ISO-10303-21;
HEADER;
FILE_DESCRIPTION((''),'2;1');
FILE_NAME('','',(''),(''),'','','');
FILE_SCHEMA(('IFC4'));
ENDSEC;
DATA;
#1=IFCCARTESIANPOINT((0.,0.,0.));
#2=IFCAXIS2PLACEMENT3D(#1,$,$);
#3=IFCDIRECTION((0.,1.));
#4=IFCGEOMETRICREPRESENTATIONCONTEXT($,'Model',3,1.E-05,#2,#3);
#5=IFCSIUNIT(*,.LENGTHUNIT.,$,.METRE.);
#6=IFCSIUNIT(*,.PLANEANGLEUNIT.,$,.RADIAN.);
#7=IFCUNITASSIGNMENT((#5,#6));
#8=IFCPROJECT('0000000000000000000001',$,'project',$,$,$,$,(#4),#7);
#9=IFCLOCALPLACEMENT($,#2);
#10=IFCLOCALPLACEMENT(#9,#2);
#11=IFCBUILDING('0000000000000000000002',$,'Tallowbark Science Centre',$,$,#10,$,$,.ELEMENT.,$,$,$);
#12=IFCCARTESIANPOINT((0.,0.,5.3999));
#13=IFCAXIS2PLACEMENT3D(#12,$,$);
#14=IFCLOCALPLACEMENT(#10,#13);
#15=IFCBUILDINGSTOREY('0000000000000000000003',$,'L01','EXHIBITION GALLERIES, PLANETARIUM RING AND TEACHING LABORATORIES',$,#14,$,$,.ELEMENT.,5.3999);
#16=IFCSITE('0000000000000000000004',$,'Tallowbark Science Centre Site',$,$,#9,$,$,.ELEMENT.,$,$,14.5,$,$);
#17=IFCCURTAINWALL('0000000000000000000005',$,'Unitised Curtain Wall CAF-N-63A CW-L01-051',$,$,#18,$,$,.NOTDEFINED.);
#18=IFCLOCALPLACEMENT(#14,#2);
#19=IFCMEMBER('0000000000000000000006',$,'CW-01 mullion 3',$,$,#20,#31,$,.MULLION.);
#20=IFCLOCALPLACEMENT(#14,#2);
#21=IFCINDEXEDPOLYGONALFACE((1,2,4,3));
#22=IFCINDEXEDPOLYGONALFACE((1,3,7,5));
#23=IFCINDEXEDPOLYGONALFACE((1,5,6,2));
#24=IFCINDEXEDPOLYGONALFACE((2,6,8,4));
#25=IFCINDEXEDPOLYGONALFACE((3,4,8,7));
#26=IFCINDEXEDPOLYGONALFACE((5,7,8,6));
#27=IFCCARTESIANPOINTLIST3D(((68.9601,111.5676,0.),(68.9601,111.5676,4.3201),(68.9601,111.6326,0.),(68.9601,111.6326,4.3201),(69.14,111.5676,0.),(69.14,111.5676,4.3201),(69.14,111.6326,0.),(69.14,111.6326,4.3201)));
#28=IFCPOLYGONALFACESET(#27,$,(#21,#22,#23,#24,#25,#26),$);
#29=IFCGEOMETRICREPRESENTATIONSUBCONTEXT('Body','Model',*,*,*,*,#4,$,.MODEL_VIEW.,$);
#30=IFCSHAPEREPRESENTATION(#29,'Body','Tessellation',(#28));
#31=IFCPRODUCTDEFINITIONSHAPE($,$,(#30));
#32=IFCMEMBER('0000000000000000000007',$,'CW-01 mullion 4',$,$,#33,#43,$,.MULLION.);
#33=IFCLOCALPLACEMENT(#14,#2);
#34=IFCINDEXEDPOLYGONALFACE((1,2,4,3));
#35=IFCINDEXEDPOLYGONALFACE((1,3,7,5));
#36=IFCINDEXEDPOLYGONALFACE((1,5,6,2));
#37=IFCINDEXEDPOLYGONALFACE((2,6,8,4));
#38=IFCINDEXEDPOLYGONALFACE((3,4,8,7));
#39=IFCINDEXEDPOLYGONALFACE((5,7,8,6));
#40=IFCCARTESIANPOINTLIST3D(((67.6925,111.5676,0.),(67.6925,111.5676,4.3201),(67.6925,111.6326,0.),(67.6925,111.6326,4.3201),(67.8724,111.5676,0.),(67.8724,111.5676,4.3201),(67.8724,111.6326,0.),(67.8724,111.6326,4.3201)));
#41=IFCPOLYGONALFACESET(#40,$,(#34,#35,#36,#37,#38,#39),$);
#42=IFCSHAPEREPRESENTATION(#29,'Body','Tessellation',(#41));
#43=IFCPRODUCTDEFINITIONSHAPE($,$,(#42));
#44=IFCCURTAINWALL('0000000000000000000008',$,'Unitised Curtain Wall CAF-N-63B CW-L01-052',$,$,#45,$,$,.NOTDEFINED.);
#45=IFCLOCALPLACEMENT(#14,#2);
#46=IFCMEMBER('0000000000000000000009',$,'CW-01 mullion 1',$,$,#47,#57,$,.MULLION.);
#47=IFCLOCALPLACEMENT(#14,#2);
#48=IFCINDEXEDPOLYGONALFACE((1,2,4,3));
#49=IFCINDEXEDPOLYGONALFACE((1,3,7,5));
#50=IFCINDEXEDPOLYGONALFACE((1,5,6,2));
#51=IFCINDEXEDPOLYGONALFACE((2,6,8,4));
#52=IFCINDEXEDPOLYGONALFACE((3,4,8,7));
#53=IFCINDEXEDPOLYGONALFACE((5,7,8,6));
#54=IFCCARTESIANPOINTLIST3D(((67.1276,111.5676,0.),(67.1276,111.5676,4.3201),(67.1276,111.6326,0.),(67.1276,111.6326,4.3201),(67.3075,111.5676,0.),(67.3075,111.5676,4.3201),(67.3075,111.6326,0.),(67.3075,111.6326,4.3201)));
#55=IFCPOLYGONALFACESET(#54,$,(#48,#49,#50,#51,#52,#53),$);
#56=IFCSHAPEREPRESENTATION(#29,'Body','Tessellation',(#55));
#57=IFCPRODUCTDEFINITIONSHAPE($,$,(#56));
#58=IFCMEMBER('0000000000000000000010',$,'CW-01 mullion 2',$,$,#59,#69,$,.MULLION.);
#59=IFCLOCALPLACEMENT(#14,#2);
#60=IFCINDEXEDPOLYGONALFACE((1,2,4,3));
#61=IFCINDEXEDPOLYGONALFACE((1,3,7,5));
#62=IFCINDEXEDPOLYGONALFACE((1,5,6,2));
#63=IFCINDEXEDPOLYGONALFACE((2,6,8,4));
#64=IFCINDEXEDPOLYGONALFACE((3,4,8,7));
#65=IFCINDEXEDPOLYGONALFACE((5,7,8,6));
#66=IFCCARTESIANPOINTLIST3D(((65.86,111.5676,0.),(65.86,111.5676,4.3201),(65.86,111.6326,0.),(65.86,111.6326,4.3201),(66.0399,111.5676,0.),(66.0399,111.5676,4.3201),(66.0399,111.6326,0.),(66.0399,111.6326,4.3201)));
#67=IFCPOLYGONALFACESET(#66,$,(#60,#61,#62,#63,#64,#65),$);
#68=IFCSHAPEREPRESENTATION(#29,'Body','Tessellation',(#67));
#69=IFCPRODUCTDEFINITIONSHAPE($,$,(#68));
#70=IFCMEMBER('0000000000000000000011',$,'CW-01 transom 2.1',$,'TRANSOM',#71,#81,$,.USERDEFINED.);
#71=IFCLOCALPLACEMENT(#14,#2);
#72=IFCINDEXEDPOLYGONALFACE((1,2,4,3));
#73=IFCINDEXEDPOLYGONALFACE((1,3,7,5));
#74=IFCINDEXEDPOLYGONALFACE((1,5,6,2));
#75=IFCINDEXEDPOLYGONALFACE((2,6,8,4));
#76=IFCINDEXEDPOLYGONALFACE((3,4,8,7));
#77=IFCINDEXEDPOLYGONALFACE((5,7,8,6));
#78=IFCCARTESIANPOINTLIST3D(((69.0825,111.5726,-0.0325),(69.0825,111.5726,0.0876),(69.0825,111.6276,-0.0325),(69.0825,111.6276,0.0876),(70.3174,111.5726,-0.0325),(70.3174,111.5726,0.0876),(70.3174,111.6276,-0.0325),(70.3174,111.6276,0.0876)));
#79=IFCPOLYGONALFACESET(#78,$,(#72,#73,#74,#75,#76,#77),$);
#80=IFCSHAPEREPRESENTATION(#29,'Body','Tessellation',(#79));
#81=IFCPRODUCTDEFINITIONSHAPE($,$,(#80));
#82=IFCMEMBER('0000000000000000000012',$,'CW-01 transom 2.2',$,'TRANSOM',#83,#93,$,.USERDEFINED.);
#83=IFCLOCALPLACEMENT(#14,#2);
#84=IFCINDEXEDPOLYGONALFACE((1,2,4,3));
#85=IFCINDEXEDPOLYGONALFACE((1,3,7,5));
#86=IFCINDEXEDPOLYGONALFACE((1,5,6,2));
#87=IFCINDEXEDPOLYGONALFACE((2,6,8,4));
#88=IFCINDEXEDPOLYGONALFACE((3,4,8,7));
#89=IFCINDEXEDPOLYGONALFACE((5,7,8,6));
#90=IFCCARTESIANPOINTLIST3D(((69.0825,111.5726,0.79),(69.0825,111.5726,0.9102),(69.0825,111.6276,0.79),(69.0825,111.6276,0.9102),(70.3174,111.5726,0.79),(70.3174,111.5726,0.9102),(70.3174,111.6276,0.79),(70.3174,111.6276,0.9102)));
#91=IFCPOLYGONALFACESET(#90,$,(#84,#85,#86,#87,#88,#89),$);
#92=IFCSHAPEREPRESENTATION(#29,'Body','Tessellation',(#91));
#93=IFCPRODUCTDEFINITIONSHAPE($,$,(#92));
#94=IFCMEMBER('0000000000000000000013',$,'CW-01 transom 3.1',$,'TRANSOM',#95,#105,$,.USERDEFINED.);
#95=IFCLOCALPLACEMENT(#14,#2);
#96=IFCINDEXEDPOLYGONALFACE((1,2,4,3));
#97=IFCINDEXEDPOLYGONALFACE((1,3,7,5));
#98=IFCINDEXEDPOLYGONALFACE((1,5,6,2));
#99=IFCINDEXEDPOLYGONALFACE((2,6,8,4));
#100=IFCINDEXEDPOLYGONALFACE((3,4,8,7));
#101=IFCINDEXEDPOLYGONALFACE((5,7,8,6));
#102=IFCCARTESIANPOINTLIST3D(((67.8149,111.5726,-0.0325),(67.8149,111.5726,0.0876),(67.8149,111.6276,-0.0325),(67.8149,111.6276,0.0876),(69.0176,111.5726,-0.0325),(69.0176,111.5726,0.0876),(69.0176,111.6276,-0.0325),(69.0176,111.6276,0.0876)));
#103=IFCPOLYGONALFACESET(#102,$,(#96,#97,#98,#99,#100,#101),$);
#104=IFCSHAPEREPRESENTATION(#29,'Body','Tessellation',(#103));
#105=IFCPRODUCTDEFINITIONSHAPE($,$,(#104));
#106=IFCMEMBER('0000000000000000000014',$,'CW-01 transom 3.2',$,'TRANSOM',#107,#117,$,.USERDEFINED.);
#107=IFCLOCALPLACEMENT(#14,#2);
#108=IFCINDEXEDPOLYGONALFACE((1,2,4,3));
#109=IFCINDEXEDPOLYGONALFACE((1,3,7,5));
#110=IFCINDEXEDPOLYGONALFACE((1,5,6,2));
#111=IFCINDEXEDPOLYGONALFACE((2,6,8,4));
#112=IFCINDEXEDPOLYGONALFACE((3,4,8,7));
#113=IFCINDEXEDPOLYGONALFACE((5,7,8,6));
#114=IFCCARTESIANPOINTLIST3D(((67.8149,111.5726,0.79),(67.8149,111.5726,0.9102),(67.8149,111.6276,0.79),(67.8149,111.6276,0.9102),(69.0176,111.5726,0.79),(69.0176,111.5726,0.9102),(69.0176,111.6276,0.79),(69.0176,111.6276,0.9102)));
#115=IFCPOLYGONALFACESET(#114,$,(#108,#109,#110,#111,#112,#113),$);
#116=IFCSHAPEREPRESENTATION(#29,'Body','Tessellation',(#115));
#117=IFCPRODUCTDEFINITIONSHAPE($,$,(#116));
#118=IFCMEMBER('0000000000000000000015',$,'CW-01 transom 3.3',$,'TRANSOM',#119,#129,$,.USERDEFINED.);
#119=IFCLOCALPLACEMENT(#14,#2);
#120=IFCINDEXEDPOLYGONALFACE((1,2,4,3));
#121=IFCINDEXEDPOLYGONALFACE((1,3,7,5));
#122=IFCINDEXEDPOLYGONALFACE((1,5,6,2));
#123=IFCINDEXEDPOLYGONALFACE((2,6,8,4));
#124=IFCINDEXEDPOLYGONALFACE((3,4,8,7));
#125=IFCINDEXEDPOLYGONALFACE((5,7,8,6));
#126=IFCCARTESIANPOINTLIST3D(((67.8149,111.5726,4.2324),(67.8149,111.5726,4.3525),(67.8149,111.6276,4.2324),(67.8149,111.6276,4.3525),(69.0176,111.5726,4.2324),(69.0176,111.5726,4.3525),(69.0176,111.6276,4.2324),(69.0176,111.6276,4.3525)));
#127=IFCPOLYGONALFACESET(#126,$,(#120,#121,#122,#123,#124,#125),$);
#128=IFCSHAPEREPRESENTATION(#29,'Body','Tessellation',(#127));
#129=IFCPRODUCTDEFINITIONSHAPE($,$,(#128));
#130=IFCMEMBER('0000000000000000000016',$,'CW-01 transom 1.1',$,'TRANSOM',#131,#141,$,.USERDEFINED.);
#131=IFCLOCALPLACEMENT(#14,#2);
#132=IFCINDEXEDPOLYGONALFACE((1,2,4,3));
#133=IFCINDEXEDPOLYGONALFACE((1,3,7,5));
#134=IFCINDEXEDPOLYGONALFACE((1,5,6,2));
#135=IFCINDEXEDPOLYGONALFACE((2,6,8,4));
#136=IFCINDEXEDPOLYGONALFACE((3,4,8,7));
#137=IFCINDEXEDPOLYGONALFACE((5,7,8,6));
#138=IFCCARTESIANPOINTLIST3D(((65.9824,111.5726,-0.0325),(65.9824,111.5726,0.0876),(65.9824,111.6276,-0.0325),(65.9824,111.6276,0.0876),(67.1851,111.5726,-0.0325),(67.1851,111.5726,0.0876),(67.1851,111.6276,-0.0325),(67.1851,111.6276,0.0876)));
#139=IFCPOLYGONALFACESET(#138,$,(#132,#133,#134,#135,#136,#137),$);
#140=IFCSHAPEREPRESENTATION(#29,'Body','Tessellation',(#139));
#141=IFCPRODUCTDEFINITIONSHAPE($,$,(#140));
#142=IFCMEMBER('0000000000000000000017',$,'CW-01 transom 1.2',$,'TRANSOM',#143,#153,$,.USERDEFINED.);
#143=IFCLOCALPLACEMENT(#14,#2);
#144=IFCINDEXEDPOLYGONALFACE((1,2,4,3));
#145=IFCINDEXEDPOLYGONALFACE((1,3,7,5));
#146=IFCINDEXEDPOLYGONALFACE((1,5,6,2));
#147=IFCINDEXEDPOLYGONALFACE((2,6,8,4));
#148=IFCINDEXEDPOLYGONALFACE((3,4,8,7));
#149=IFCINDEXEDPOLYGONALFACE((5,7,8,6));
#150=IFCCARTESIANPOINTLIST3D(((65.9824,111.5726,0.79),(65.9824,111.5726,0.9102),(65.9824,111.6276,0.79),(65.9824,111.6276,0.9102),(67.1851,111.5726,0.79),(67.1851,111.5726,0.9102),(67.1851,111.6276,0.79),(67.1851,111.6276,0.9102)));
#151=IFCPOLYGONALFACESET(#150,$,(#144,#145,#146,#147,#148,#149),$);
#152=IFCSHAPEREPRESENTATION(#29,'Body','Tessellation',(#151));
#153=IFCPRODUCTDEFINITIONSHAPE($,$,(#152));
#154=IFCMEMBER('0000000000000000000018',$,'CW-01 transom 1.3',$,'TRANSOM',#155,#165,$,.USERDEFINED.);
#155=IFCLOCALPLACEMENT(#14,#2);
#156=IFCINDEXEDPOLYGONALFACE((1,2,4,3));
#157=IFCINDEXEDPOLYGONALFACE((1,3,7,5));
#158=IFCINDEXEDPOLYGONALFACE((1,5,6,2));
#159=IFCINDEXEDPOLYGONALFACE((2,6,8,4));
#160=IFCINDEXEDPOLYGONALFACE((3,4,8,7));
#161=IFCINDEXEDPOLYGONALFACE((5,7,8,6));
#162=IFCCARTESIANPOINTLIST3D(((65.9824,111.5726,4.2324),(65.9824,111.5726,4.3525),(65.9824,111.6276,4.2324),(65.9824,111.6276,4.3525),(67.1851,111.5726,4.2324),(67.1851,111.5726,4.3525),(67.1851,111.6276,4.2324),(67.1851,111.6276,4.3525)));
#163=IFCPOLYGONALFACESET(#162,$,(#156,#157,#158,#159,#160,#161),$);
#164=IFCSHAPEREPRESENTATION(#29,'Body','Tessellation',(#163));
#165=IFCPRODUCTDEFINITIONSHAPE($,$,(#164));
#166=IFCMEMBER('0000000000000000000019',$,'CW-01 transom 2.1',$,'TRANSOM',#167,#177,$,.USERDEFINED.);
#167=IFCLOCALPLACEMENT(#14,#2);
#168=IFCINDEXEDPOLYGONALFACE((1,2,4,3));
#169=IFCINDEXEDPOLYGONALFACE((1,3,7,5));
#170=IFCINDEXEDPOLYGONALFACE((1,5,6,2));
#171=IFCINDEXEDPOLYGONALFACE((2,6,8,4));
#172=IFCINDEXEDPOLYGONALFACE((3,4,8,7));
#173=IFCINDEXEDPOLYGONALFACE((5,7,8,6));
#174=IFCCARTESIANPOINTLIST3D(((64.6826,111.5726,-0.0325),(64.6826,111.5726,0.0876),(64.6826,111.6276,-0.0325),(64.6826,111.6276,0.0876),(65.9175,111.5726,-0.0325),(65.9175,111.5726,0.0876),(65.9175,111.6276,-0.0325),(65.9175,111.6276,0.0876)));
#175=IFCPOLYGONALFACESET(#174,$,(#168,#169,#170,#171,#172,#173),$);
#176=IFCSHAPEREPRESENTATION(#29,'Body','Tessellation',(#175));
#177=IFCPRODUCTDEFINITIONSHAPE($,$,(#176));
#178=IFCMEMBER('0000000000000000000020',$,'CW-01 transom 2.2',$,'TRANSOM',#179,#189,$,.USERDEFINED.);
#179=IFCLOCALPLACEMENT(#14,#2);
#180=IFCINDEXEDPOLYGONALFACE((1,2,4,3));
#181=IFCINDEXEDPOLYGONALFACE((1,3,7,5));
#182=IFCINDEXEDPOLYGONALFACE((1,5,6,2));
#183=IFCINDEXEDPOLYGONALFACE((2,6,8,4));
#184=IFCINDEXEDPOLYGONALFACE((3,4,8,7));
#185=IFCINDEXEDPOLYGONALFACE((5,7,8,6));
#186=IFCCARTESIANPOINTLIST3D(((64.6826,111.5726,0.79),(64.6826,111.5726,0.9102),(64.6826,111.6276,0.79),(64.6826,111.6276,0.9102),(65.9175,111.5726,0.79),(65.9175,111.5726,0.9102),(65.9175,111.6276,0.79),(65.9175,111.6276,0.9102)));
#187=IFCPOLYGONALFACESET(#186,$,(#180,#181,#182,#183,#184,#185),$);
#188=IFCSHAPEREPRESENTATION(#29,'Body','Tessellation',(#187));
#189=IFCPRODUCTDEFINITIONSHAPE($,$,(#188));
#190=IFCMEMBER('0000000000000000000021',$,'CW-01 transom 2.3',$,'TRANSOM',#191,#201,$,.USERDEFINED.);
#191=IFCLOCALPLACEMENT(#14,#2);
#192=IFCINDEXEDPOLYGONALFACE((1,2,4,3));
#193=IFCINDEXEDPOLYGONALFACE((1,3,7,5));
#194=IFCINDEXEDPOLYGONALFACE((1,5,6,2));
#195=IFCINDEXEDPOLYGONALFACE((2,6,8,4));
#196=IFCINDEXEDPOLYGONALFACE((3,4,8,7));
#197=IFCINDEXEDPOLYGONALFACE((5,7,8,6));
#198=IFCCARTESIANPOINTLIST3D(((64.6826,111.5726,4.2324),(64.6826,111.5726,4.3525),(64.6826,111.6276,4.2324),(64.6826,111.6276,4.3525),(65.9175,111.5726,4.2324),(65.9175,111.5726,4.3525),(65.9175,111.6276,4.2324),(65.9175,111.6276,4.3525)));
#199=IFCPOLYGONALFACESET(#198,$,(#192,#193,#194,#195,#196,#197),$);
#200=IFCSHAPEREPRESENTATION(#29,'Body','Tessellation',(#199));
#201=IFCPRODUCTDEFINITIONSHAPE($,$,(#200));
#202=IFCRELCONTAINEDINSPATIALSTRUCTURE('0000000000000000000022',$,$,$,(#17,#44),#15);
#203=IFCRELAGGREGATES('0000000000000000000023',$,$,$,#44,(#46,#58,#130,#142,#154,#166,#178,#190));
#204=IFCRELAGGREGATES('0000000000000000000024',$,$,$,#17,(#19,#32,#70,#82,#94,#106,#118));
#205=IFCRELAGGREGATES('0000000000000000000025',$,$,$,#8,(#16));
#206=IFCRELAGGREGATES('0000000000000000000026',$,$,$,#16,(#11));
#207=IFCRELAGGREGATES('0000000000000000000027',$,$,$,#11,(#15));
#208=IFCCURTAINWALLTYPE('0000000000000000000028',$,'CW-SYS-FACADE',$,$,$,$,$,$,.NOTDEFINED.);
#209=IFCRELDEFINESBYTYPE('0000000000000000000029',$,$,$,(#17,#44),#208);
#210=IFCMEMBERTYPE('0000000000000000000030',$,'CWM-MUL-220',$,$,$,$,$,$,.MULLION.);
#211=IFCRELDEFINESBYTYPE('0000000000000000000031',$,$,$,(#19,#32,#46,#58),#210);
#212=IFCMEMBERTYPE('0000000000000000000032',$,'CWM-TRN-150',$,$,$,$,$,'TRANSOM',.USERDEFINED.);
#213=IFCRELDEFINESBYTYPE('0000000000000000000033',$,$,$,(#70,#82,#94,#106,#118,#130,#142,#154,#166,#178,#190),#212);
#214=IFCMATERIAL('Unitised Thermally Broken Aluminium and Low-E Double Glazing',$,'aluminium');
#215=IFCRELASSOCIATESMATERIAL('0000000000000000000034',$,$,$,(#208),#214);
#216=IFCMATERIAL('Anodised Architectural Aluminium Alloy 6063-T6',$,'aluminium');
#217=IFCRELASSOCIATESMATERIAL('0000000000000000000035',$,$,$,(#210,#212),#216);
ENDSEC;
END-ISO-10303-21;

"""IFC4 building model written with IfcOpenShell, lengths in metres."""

from ifc_helpers import new_model, si_unit, direction, frame, origin, origin_2d, place, context, subcontext, project, spatial, rectangle, extrude, material, material_profile, profile_set, type_object, element, aggregate, save


model = new_model("IFC4")

# Units and contexts
model_context = context("Model", 3, precision=1e-05, world=origin(), true_north=direction((0.0, 1.0)))
body_context = subcontext(model_context, "Body", "Model", "MODEL_VIEW")
ifc_project = project(units=[si_unit("LENGTHUNIT", "METRE"), si_unit("PLANEANGLEUNIT", "RADIAN")], contexts=[model_context])

# Site, building, storey
site_placement = place(None, origin())
site = spatial("IfcSite", under=ifc_project, at=site_placement, Name="Tallowbark Science Centre Site", CompositionType="ELEMENT", RefElevation=14.5)
building_placement = place(site_placement, origin())
building = spatial("IfcBuilding", under=site, at=building_placement, Name="Tallowbark Science Centre", CompositionType="ELEMENT")
storey_placement = place(building_placement, frame((0.0, 0.0, 5.3999)))
storey = spatial("IfcBuildingStorey", under=building, at=storey_placement, Name="L01", Description="EXHIBITION GALLERIES, PLANETARIUM RING AND TEACHING LABORATORIES", CompositionType="ELEMENT", Elevation=5.3999)

# Curtain walls, members
ifc_material_1 = material(Name="Unitised Thermally Broken Aluminium and Low-E Double Glazing", Category="aluminium")
curtain_wall_type = type_object("IfcCurtainWallType", Name="CW-SYS-FACADE", PredefinedType="NOTDEFINED", material=ifc_material_1)
curtain_wall_1_placement = place(storey_placement, origin())
curtain_wall_1 = element("IfcCurtainWall", 1, at=curtain_wall_1_placement, inside=storey, type_object=curtain_wall_type, Name="Unitised Curtain Wall CAF-N-63A CW-L01-051", PredefinedType="NOTDEFINED")
ifc_material_2 = material(Name="Anodised Architectural Aluminium Alloy 6063-T6", Category="aluminium")
ifc_material_profile_1 = material_profile(ifc_material_2, rectangle(XDim=0.0649, YDim=0.1799, at=origin_2d()), Name="ALU65x180")
ifc_profile_set_1 = profile_set([ifc_material_profile_1], Name="Anodised Architectural Aluminium Alloy 6063-T6")
member_type_1 = type_object("IfcMemberType", Name="CWM-MUL-220", PredefinedType="MULLION", material=ifc_profile_set_1)
member_1_placement = place(storey_placement, frame((69.05, 111.6001, 0.0), z_axis=(0.0, 0.0, 1.0), x_axis=(0.0, -1.0, 0.0)))
member_1 = element("IfcMember", 2, at=member_1_placement, type_object=member_type_1, Name="CW-01 mullion 3", PredefinedType="MULLION", context=body_context, shape_type="SweptSolid", body=[
    extrude(rectangle(XDim=0.0649, YDim=0.1799, at=origin_2d()), origin(), (0.0, 0.0, 1.0), 4.3201),
])
member_2_placement = place(storey_placement, frame((67.7825, 111.6001, 0.0), z_axis=(0.0, 0.0, 1.0), x_axis=(0.0, -1.0, 0.0)))
member_2 = element("IfcMember", 3, at=member_2_placement, type_object=member_type_1, Name="CW-01 mullion 4", PredefinedType="MULLION", context=body_context, shape_type="SweptSolid", body=[
    extrude(rectangle(XDim=0.0649, YDim=0.1799, at=origin_2d()), origin(), (0.0, 0.0, 1.0), 4.3201),
])
curtain_wall_2_placement = place(storey_placement, origin())
curtain_wall_2 = element("IfcCurtainWall", 4, at=curtain_wall_2_placement, inside=storey, type_object=curtain_wall_type, Name="Unitised Curtain Wall CAF-N-63B CW-L01-052", PredefinedType="NOTDEFINED")
member_3_placement = place(storey_placement, frame((67.2175, 111.6001, 0.0), z_axis=(0.0, 0.0, 1.0), x_axis=(0.0, -1.0, 0.0)))
member_3 = element("IfcMember", 5, at=member_3_placement, type_object=member_type_1, Name="CW-01 mullion 1", PredefinedType="MULLION", context=body_context, shape_type="SweptSolid", body=[
    extrude(rectangle(XDim=0.0649, YDim=0.1799, at=origin_2d()), origin(), (0.0, 0.0, 1.0), 4.3201),
])
member_4_placement = place(storey_placement, frame((65.95, 111.6001, 0.0), z_axis=(0.0, 0.0, 1.0), x_axis=(0.0, -1.0, 0.0)))
member_4 = element("IfcMember", 6, at=member_4_placement, type_object=member_type_1, Name="CW-01 mullion 2", PredefinedType="MULLION", context=body_context, shape_type="SweptSolid", body=[
    extrude(rectangle(XDim=0.0649, YDim=0.1799, at=origin_2d()), origin(), (0.0, 0.0, 1.0), 4.3201),
])

# Members
ifc_material_profile_2 = material_profile(ifc_material_2, rectangle(XDim=0.0549, YDim=0.1201, at=origin_2d()), Name="ALU55x120")
ifc_profile_set_2 = profile_set([ifc_material_profile_2], Name="Anodised Architectural Aluminium Alloy 6063-T6")
member_type_2 = type_object("IfcMemberType", Name="CWM-TRN-150", ElementType="TRANSOM", PredefinedType="USERDEFINED", material=ifc_profile_set_2)
member_5_placement = place(storey_placement, frame((70.3174, 111.6001, 0.0276), z_axis=(-1.0, 0.0, 0.0), x_axis=(0.0, -1.0, 0.0)))
member_5 = element("IfcMember", 7, at=member_5_placement, type_object=member_type_2, Name="CW-01 transom 2.1", ObjectType="TRANSOM", PredefinedType="USERDEFINED", context=body_context, shape_type="SweptSolid", body=[
    extrude(rectangle(XDim=0.0549, YDim=0.1201, at=origin_2d()), origin(), (0.0, 0.0, 1.0), 1.2349),
])
member_6_placement = place(storey_placement, frame((70.3174, 111.6001, 0.8501), z_axis=(-1.0, 0.0, 0.0), x_axis=(0.0, -1.0, 0.0)))
member_6 = element("IfcMember", 8, at=member_6_placement, type_object=member_type_2, Name="CW-01 transom 2.2", ObjectType="TRANSOM", PredefinedType="USERDEFINED", context=body_context, shape_type="SweptSolid", body=[
    extrude(rectangle(XDim=0.0549, YDim=0.1201, at=origin_2d()), origin(), (0.0, 0.0, 1.0), 1.2349),
])
member_7_placement = place(storey_placement, frame((69.0176, 111.6001, 0.0276), z_axis=(-1.0, 0.0, 0.0), x_axis=(0.0, -1.0, 0.0)))
member_7 = element("IfcMember", 9, at=member_7_placement, type_object=member_type_2, Name="CW-01 transom 3.1", ObjectType="TRANSOM", PredefinedType="USERDEFINED", context=body_context, shape_type="SweptSolid", body=[
    extrude(rectangle(XDim=0.0549, YDim=0.1201, at=origin_2d()), origin(), (0.0, 0.0, 1.0), 1.2026),
])
member_8_placement = place(storey_placement, frame((69.0176, 111.6001, 0.8501), z_axis=(-1.0, 0.0, 0.0), x_axis=(0.0, -1.0, 0.0)))
member_8 = element("IfcMember", 10, at=member_8_placement, type_object=member_type_2, Name="CW-01 transom 3.2", ObjectType="TRANSOM", PredefinedType="USERDEFINED", context=body_context, shape_type="SweptSolid", body=[
    extrude(rectangle(XDim=0.0549, YDim=0.1201, at=origin_2d()), origin(), (0.0, 0.0, 1.0), 1.2026),
])
member_9_placement = place(storey_placement, frame((69.0176, 111.6001, 4.2925), z_axis=(-1.0, 0.0, 0.0), x_axis=(0.0, -1.0, 0.0)))
member_9 = element("IfcMember", 11, at=member_9_placement, type_object=member_type_2, Name="CW-01 transom 3.3", ObjectType="TRANSOM", PredefinedType="USERDEFINED", context=body_context, shape_type="SweptSolid", body=[
    extrude(rectangle(XDim=0.0549, YDim=0.1201, at=origin_2d()), origin(), (0.0, 0.0, 1.0), 1.2026),
])
member_10_placement = place(storey_placement, frame((67.1851, 111.6001, 0.0276), z_axis=(-1.0, 0.0, 0.0), x_axis=(0.0, -1.0, 0.0)))
member_10 = element("IfcMember", 12, at=member_10_placement, type_object=member_type_2, Name="CW-01 transom 1.1", ObjectType="TRANSOM", PredefinedType="USERDEFINED", context=body_context, shape_type="SweptSolid", body=[
    extrude(rectangle(XDim=0.0549, YDim=0.1201, at=origin_2d()), origin(), (0.0, 0.0, 1.0), 1.2026),
])
member_11_placement = place(storey_placement, frame((67.1851, 111.6001, 0.8501), z_axis=(-1.0, 0.0, 0.0), x_axis=(0.0, -1.0, 0.0)))
member_11 = element("IfcMember", 13, at=member_11_placement, type_object=member_type_2, Name="CW-01 transom 1.2", ObjectType="TRANSOM", PredefinedType="USERDEFINED", context=body_context, shape_type="SweptSolid", body=[
    extrude(rectangle(XDim=0.0549, YDim=0.1201, at=origin_2d()), origin(), (0.0, 0.0, 1.0), 1.2026),
])
member_12_placement = place(storey_placement, frame((67.1851, 111.6001, 4.2925), z_axis=(-1.0, 0.0, 0.0), x_axis=(0.0, -1.0, 0.0)))
member_12 = element("IfcMember", 14, at=member_12_placement, type_object=member_type_2, Name="CW-01 transom 1.3", ObjectType="TRANSOM", PredefinedType="USERDEFINED", context=body_context, shape_type="SweptSolid", body=[
    extrude(rectangle(XDim=0.0549, YDim=0.1201, at=origin_2d()), origin(), (0.0, 0.0, 1.0), 1.2026),
])
member_13_placement = place(storey_placement, frame((65.9175, 111.6001, 0.0276), z_axis=(-1.0, 0.0, 0.0), x_axis=(0.0, -1.0, 0.0)))
member_13 = element("IfcMember", 15, at=member_13_placement, type_object=member_type_2, Name="CW-01 transom 2.1", ObjectType="TRANSOM", PredefinedType="USERDEFINED", context=body_context, shape_type="SweptSolid", body=[
    extrude(rectangle(XDim=0.0549, YDim=0.1201, at=origin_2d()), origin(), (0.0, 0.0, 1.0), 1.2349),
])
member_14_placement = place(storey_placement, frame((65.9175, 111.6001, 0.8501), z_axis=(-1.0, 0.0, 0.0), x_axis=(0.0, -1.0, 0.0)))
member_14 = element("IfcMember", 16, at=member_14_placement, type_object=member_type_2, Name="CW-01 transom 2.2", ObjectType="TRANSOM", PredefinedType="USERDEFINED", context=body_context, shape_type="SweptSolid", body=[
    extrude(rectangle(XDim=0.0549, YDim=0.1201, at=origin_2d()), origin(), (0.0, 0.0, 1.0), 1.2349),
])
member_15_placement = place(storey_placement, frame((65.9175, 111.6001, 4.2925), z_axis=(-1.0, 0.0, 0.0), x_axis=(0.0, -1.0, 0.0)))
member_15 = element("IfcMember", 17, at=member_15_placement, type_object=member_type_2, Name="CW-01 transom 2.3", ObjectType="TRANSOM", PredefinedType="USERDEFINED", context=body_context, shape_type="SweptSolid", body=[
    extrude(rectangle(XDim=0.0549, YDim=0.1201, at=origin_2d()), origin(), (0.0, 0.0, 1.0), 1.2349),
])

aggregate(curtain_wall_2, [member_3, member_4, member_10, member_11, member_12, member_13, member_14, member_15])
aggregate(curtain_wall_1, [member_1, member_2, member_5, member_6, member_7, member_8, member_9])

save(model, "model.ifc")
